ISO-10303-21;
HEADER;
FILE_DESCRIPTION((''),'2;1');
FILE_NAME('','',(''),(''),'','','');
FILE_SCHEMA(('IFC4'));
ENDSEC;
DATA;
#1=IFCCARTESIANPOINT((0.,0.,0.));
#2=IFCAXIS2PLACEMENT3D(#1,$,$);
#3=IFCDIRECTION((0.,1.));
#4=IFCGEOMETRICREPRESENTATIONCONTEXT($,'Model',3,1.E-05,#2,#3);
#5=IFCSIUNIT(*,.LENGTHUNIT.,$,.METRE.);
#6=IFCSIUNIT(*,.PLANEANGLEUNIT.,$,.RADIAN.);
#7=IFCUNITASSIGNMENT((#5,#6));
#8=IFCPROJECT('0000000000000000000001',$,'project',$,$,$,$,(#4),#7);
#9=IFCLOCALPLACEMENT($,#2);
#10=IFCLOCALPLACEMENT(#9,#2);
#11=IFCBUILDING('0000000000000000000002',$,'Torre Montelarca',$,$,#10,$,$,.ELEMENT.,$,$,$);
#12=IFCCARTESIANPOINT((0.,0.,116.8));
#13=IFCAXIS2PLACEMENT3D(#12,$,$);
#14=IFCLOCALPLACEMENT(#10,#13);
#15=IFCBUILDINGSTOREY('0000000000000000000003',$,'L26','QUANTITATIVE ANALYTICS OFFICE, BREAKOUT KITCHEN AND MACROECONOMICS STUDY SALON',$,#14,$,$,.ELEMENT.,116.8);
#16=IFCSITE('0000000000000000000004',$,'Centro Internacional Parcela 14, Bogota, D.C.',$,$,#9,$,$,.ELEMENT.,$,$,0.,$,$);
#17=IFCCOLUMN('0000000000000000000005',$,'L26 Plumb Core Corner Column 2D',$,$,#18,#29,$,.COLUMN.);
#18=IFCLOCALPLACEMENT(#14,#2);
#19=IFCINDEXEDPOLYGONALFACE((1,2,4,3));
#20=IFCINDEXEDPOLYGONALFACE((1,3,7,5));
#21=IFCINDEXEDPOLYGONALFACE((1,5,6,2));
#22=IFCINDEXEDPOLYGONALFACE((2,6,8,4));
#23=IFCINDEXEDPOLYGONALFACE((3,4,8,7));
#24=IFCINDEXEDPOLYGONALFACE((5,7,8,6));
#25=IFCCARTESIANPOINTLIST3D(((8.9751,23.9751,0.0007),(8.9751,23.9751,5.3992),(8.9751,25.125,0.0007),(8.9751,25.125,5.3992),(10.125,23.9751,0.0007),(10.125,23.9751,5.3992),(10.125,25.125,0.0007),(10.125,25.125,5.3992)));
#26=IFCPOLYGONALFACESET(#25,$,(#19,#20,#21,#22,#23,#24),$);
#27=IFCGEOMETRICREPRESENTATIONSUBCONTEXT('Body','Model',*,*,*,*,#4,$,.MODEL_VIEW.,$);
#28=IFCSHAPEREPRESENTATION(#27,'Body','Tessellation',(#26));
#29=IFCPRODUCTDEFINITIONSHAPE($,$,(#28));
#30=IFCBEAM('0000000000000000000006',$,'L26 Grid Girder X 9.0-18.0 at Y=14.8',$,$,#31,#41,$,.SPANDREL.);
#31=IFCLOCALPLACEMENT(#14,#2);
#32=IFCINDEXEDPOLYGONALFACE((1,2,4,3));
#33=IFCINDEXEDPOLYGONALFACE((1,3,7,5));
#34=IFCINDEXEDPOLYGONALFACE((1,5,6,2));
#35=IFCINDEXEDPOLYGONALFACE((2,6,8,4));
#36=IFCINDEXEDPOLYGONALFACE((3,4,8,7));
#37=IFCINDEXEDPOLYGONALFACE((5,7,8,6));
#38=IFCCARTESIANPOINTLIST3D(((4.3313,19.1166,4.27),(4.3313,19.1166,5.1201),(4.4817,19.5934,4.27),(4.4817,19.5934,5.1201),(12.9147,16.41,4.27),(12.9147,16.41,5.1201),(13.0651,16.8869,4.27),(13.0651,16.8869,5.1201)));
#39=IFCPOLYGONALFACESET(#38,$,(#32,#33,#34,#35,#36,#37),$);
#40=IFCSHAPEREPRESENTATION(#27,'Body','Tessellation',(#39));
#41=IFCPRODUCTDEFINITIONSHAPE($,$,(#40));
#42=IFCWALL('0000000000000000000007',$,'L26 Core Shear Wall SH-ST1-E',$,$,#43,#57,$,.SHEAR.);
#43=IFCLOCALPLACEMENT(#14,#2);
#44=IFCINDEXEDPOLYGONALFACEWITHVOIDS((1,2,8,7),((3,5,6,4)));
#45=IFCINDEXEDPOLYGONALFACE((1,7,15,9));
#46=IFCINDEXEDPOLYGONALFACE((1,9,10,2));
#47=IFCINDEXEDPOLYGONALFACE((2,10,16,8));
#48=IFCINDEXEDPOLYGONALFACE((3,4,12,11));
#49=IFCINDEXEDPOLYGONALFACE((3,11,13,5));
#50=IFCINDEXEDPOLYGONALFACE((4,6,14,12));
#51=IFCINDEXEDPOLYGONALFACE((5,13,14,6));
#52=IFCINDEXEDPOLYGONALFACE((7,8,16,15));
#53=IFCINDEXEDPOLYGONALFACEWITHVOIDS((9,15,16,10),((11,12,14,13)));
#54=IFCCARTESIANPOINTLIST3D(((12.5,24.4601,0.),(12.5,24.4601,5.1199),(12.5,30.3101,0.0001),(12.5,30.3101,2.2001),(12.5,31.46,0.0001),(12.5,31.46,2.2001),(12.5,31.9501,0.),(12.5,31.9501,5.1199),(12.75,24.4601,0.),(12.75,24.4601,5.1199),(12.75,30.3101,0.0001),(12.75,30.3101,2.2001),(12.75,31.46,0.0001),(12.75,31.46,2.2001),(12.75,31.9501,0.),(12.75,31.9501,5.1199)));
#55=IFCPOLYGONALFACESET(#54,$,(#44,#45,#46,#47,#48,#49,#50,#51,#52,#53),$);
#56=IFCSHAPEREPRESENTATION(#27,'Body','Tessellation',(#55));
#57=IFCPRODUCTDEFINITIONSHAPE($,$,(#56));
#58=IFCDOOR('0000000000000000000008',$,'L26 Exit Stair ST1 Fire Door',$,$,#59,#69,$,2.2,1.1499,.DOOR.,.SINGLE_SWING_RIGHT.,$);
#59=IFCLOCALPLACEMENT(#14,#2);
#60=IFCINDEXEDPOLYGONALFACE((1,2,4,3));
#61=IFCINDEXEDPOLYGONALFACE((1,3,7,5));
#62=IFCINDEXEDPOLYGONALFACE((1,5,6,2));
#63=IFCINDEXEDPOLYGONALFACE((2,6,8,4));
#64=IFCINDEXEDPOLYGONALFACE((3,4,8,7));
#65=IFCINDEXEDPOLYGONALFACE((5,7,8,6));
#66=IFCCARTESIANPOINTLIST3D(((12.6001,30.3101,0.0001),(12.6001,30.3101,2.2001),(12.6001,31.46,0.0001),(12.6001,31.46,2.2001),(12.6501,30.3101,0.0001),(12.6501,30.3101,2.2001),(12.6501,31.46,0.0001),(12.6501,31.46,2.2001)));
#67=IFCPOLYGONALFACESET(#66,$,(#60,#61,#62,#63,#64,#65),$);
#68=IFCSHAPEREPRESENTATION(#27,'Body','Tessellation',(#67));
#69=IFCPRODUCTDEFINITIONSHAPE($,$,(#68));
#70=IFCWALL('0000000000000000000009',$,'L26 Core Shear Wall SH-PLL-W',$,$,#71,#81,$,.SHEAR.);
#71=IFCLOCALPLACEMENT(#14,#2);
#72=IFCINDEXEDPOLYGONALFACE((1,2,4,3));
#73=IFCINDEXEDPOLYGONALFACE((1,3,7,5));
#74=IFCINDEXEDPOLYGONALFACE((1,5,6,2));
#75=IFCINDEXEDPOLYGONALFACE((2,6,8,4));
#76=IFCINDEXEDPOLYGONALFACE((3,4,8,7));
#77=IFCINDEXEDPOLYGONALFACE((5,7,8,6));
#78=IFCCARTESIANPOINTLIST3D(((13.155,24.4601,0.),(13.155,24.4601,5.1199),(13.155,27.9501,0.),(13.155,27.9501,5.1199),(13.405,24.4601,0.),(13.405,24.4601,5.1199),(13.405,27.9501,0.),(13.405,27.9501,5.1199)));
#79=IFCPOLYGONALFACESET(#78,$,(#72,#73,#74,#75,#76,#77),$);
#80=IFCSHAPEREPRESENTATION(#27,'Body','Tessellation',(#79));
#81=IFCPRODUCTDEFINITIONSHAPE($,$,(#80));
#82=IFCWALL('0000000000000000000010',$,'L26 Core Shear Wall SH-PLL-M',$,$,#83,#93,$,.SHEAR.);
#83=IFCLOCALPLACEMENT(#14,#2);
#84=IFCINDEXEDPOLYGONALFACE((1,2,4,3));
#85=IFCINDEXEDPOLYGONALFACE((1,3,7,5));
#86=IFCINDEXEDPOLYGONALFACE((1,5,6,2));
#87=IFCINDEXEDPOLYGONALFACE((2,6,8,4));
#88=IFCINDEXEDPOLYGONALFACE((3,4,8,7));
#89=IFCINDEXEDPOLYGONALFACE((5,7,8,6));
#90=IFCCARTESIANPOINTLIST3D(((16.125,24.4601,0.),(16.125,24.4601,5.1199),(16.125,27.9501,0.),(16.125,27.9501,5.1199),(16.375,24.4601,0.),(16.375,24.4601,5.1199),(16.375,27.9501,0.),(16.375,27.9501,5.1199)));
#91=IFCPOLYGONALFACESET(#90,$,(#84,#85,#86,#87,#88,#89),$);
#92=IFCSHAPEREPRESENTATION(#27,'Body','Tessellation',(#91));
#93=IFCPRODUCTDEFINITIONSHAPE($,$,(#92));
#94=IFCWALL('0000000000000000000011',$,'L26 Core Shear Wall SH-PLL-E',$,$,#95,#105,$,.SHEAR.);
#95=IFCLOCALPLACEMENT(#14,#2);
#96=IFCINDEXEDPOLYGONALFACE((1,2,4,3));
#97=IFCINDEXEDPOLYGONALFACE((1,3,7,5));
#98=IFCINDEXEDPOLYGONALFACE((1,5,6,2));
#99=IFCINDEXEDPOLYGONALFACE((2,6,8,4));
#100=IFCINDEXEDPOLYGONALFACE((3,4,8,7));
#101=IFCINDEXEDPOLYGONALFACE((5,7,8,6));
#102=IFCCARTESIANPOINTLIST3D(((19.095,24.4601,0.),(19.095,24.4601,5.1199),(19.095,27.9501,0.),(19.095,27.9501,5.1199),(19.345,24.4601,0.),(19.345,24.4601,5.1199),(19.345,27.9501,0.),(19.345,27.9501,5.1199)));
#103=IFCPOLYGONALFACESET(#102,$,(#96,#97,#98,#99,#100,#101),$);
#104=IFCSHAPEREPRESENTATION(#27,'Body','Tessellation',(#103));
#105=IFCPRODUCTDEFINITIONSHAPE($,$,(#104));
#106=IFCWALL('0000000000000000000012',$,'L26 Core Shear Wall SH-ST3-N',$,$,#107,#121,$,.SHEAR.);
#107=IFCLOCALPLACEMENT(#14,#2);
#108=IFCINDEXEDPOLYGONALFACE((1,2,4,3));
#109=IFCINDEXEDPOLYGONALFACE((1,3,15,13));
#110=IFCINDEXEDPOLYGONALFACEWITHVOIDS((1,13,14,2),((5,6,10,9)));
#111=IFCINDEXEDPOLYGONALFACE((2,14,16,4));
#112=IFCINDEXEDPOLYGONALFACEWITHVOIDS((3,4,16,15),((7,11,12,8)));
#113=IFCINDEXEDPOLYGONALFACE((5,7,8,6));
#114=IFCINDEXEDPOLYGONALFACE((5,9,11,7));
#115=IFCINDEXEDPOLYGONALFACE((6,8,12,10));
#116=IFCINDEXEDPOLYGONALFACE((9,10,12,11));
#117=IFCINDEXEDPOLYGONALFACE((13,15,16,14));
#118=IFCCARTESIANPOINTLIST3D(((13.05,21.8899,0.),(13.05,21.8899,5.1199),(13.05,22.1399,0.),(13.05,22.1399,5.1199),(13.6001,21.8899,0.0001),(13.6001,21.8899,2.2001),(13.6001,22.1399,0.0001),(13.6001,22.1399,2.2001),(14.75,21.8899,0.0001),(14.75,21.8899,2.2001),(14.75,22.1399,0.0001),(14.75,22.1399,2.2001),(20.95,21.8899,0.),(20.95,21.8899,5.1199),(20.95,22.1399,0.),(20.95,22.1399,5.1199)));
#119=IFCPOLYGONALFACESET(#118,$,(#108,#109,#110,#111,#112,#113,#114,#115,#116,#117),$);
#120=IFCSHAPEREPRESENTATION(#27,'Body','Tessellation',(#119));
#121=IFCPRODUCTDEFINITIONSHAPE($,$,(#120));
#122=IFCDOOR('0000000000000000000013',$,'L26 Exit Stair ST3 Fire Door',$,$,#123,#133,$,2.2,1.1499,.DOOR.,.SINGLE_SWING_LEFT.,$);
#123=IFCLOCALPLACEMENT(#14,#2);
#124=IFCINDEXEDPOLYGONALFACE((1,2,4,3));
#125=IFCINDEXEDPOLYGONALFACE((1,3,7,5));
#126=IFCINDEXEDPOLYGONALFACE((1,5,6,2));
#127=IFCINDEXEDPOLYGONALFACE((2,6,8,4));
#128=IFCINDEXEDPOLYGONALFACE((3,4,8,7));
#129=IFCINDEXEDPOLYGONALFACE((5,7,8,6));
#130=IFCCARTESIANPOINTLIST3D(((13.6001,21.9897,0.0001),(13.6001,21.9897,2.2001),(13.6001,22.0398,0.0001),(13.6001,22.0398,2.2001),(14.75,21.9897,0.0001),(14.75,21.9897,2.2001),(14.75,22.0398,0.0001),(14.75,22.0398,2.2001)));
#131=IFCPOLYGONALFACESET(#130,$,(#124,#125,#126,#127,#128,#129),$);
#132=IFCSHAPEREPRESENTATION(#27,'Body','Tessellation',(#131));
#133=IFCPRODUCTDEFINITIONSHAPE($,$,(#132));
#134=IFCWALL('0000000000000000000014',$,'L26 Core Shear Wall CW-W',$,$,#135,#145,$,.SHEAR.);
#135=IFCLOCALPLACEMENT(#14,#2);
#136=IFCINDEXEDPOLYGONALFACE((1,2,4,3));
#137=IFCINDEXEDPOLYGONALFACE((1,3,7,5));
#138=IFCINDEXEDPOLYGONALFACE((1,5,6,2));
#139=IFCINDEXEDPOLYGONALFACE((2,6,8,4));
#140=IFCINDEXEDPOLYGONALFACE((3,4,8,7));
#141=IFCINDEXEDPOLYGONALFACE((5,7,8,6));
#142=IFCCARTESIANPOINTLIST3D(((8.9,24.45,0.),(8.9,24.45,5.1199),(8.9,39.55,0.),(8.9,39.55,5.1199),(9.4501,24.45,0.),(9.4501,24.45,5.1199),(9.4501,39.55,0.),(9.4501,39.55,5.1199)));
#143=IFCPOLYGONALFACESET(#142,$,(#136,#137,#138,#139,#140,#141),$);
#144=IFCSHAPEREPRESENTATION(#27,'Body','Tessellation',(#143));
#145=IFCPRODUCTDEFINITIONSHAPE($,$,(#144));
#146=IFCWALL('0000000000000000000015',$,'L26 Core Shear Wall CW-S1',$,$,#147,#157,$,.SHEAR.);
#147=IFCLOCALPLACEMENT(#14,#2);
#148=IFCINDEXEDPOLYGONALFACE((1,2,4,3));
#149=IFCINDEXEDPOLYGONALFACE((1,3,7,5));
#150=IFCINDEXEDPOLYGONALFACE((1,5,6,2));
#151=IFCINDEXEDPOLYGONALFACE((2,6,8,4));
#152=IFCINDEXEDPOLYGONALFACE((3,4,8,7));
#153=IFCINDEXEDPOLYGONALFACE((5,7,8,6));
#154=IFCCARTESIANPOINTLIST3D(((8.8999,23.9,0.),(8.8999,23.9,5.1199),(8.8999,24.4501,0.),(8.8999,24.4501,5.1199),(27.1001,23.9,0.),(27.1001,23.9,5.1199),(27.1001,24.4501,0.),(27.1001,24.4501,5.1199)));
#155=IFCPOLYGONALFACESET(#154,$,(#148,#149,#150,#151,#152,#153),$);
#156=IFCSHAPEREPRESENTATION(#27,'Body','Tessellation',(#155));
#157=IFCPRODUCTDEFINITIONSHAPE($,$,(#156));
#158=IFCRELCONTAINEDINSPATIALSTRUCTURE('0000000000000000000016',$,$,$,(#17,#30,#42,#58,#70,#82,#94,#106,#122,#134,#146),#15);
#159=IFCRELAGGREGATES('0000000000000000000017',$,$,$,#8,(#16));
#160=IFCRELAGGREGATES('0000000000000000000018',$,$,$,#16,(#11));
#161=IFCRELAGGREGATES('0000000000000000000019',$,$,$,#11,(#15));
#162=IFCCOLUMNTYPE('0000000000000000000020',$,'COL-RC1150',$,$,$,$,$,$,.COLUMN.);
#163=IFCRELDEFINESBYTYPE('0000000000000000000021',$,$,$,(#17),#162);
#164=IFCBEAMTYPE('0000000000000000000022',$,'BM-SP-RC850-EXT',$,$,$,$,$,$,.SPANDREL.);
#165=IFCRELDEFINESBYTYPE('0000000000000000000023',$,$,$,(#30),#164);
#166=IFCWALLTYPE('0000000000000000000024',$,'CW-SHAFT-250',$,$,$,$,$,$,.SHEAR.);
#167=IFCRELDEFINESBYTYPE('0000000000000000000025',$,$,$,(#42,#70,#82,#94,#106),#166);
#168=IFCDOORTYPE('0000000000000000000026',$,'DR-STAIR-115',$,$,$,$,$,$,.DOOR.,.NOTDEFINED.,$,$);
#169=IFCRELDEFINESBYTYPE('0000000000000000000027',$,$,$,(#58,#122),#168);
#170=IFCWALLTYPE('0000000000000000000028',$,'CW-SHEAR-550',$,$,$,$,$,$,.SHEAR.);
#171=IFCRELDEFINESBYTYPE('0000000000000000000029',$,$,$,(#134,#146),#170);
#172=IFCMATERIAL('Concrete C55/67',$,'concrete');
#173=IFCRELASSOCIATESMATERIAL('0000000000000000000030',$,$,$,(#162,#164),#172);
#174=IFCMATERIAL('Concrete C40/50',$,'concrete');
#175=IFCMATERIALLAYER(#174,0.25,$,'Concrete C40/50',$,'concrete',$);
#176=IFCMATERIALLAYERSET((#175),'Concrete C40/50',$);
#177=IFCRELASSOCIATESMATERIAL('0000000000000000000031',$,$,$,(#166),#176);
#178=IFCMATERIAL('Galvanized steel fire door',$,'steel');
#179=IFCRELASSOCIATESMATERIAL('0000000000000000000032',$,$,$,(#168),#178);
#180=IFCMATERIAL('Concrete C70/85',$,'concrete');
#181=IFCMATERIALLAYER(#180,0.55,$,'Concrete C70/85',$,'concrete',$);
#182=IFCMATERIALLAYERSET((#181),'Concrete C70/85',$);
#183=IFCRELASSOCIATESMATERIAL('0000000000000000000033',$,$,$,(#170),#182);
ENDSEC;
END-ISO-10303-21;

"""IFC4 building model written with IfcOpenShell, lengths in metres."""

from ifc_helpers import new_model, si_unit, direction, frame, frame_2d, origin, origin_2d, place, context, subcontext, project, spatial, rectangle, extrude, source, transform, mapped, material, layer, layer_set, material_profile, profile_set, type_object, element, fill, save


model = new_model("IFC4")

# Units and contexts
model_context = context("Model", 3, precision=1e-05, world=origin(), true_north=direction((0.0, 1.0)))
body_context = subcontext(model_context, "Body", "Model", "MODEL_VIEW")
ifc_project = project(units=[si_unit("LENGTHUNIT", "METRE"), si_unit("PLANEANGLEUNIT", "RADIAN")], contexts=[model_context])

# Site, building, storey
site_placement = place(None, origin())
site = spatial("IfcSite", under=ifc_project, at=site_placement, Name="Centro Internacional Parcela 14, Bogota, D.C.", CompositionType="ELEMENT", RefElevation=0.0)
building_placement = place(site_placement, origin())
building = spatial("IfcBuilding", under=site, at=building_placement, Name="Torre Montelarca", CompositionType="ELEMENT")
storey_placement = place(building_placement, frame((0.0, 0.0, 116.8)))
storey = spatial("IfcBuildingStorey", under=building, at=storey_placement, Name="L26", Description="QUANTITATIVE ANALYTICS OFFICE, BREAKOUT KITCHEN AND MACROECONOMICS STUDY SALON", CompositionType="ELEMENT", Elevation=116.8)

# Column
ifc_material_1 = material(Name="Concrete C55/67", Category="concrete")
ifc_material_profile_1 = material_profile(ifc_material_1, rectangle(XDim=1.1499, YDim=1.1499, at=origin_2d()), Name="RC1150X1150", Category="concrete")
ifc_profile_set_1 = profile_set([ifc_material_profile_1], Name="Concrete C55/67")
column_type = type_object("IfcColumnType", Name="COL-RC1150", PredefinedType="COLUMN", material=ifc_profile_set_1)
shared_shape_1 = source(origin(), body_context, "Body", "SweptSolid", [
    extrude(rectangle(XDim=1.1499, YDim=1.1499, at=origin_2d()), origin(), (0.0, 0.0, 1.0), 5.3984),
])
column_placement = place(storey_placement, frame((9.55, 24.55, 0.0007), z_axis=(0.0, 0.0, 1.0), x_axis=(1.0, 0.0, 0.0)))
element("IfcColumn", 1, at=column_placement, inside=storey, type_object=column_type, Name="L26 Plumb Core Corner Column 2D", PredefinedType="COLUMN", context=body_context, shape_type="MappedRepresentation", body=[
    mapped(shared_shape_1, transform((0.0, 0.0, 0.0), scale=1.0)),
])

# Beam
ifc_material_profile_2 = material_profile(ifc_material_1, rectangle(XDim=0.5, YDim=0.8501, at=origin_2d()), Name="RCB500X850", Category="concrete")
ifc_profile_set_2 = profile_set([ifc_material_profile_2], Name="Concrete C55/67")
beam_type = type_object("IfcBeamType", Name="BM-SP-RC850-EXT", PredefinedType="SPANDREL", material=ifc_profile_set_2)
shared_shape_2 = source(origin(), body_context, "Body", "SweptSolid", [
    extrude(rectangle(XDim=0.5, YDim=0.8501, at=origin_2d()), origin(), (0.0, 0.0, 1.0), 9.0),
])
beam_placement = place(storey_placement, frame((4.4065, 19.355, 4.6951), z_axis=(0.953711, -0.300724, 0.0), x_axis=(0.300724, 0.953711, 0.0)))
element("IfcBeam", 2, at=beam_placement, inside=storey, type_object=beam_type, Name="L26 Grid Girder X 9.0-18.0 at Y=14.8", PredefinedType="SPANDREL", context=body_context, shape_type="MappedRepresentation", body=[
    mapped(shared_shape_2, transform((0.0, 0.0, 0.0), scale=1.0)),
])

# Wall, opening, door
ifc_material_2 = material(Name="Concrete C40/50", Category="concrete")
ifc_layer_1 = layer(ifc_material_2, 0.25, Name="Concrete C40/50", Category="concrete")
ifc_layer_set_1 = layer_set([ifc_layer_1], Name="Concrete C40/50")
wall_type_1 = type_object("IfcWallType", Name="CW-SHAFT-250", PredefinedType="SHEAR", material=ifc_layer_set_1)
wall_1_placement = place(storey_placement, frame((12.625, 24.46, 0.0), z_axis=(0.0, 0.0, 1.0), x_axis=(0.0, 1.0, 0.0)))
wall_1 = element("IfcWall", 3, at=wall_1_placement, inside=storey, type_object=wall_type_1, Name="L26 Core Shear Wall SH-ST1-E", PredefinedType="SHEAR", context=body_context, shape_type="SweptSolid", body=[
    extrude(rectangle(XDim=7.49, YDim=0.25, at=frame_2d((3.7451, 0.0))), origin(), (0.0, 0.0, 1.0), 5.1199),
])
opening_1_placement = place(wall_1_placement, frame((5.8501, 0.0, 0.0)))
opening_1 = element("IfcOpeningElement", 4, at=opening_1_placement, cuts=wall_1, PredefinedType="OPENING", context=body_context, shape_type="SweptSolid", body=[
    extrude(rectangle(XDim=1.1499, YDim=2.2, at=frame_2d((0.575, 1.1001))), frame((0.0, 0.135, 0.0), z_axis=(0.0, -1.0, 0.0), x_axis=(1.0, 0.0, 0.0)), (0.0, 0.0, 1.0), 0.27),
])
ifc_material_3 = material(Name="Galvanized steel fire door", Category="steel")
door_type_1 = type_object("IfcDoorType", Name="DR-STAIR-115", OperationType="NOTDEFINED", PredefinedType="DOOR", material=ifc_material_3)
shared_shape_3 = source(origin(), body_context, "Body", "SweptSolid", [
    extrude(rectangle(XDim=1.1499, YDim=2.2, at=frame_2d((0.575, 1.1001))), frame((0.0, 0.0249, 0.0), z_axis=(0.0, -1.0, 0.0), x_axis=(1.0, 0.0, 0.0)), (0.0, 0.0, 1.0), 0.05),
])
door_1_placement = place(opening_1_placement, origin())
door_1 = element("IfcDoor", 5, at=door_1_placement, inside=storey, type_object=door_type_1, Name="L26 Exit Stair ST1 Fire Door", OperationType="SINGLE_SWING_RIGHT", OverallHeight=2.2, OverallWidth=1.1499, PredefinedType="DOOR", context=body_context, shape_type="MappedRepresentation", body=[
    mapped(shared_shape_3, transform((0.0, 0.0, 0.0), scale=1.0)),
])
fill(opening_1, door_1)

# Walls
for number, where, z_axis, x_axis, name in (
    (6, (13.28, 24.46, 0.0), (0.0, 0.0, 1.0), (0.0, 1.0, 0.0), "L26 Core Shear Wall SH-PLL-W"),
    (7, (16.25, 24.46, 0.0), (0.0, 0.0, 1.0), (0.0, 1.0, 0.0), "L26 Core Shear Wall SH-PLL-M"),
    (8, (19.22, 24.46, 0.0), (0.0, 0.0, 1.0), (0.0, 1.0, 0.0), "L26 Core Shear Wall SH-PLL-E"),
):
    element("IfcWall", number, at=place(storey_placement, frame(where, z_axis=z_axis, x_axis=x_axis)), inside=storey, type_object=wall_type_1, Name=name, PredefinedType="SHEAR", context=body_context, shape_type="SweptSolid", body=[
        extrude(rectangle(XDim=3.49, YDim=0.25, at=frame_2d((1.7451, 0.0))), origin(), (0.0, 0.0, 1.0), 5.1199),
    ])

# Wall, opening, door
wall_2_placement = place(storey_placement, frame((13.05, 22.0149, 0.0), z_axis=(0.0, 0.0, 1.0), x_axis=(1.0, 0.0, 0.0)))
wall_2 = element("IfcWall", 9, at=wall_2_placement, inside=storey, type_object=wall_type_1, Name="L26 Core Shear Wall SH-ST3-N", PredefinedType="SHEAR", context=body_context, shape_type="SweptSolid", body=[
    extrude(rectangle(XDim=7.8999, YDim=0.25, at=frame_2d((3.95, 0.0))), origin(), (0.0, 0.0, 1.0), 5.1199),
])
opening_2_placement = place(wall_2_placement, frame((0.55, 0.0, 0.0)))
opening_2 = element("IfcOpeningElement", 10, at=opening_2_placement, cuts=wall_2, PredefinedType="OPENING", context=body_context, shape_type="SweptSolid", body=[
    extrude(rectangle(XDim=1.1499, YDim=2.2, at=frame_2d((0.575, 1.1001))), frame((0.0, 0.135, 0.0), z_axis=(0.0, -1.0, 0.0), x_axis=(1.0, 0.0, 0.0)), (0.0, 0.0, 1.0), 0.27),
])
door_2_placement = place(opening_2_placement, origin())
door_2 = element("IfcDoor", 11, at=door_2_placement, inside=storey, type_object=door_type_1, Name="L26 Exit Stair ST3 Fire Door", OperationType="SINGLE_SWING_LEFT", OverallHeight=2.2, OverallWidth=1.1499, PredefinedType="DOOR", context=body_context, shape_type="MappedRepresentation", body=[
    mapped(shared_shape_3, transform((0.0, 0.0, 0.0), scale=1.0)),
])
fill(opening_2, door_2)

# Walls
ifc_material_4 = material(Name="Concrete C70/85", Category="concrete")
ifc_layer_2 = layer(ifc_material_4, 0.55, Name="Concrete C70/85", Category="concrete")
ifc_layer_set_2 = layer_set([ifc_layer_2], Name="Concrete C70/85")
wall_type_2 = type_object("IfcWallType", Name="CW-SHEAR-550", PredefinedType="SHEAR", material=ifc_layer_set_2)
wall_3_placement = place(storey_placement, frame((9.175, 24.45, 0.0), z_axis=(0.0, 0.0, 1.0), x_axis=(0.0, 1.0, 0.0)))
element("IfcWall", 12, at=wall_3_placement, inside=storey, type_object=wall_type_2, Name="L26 Core Shear Wall CW-W", PredefinedType="SHEAR", context=body_context, shape_type="SweptSolid", body=[
    extrude(rectangle(XDim=15.1001, YDim=0.55, at=frame_2d((7.55, 0.0))), origin(), (0.0, 0.0, 1.0), 5.1199),
])
wall_4_placement = place(storey_placement, frame((8.8999, 24.175, 0.0), z_axis=(0.0, 0.0, 1.0), x_axis=(1.0, 0.0, 0.0)))
element("IfcWall", 13, at=wall_4_placement, inside=storey, type_object=wall_type_2, Name="L26 Core Shear Wall CW-S1", PredefinedType="SHEAR", context=body_context, shape_type="SweptSolid", body=[
    extrude(rectangle(XDim=18.2002, YDim=0.55, at=frame_2d((9.1001, 0.0))), origin(), (0.0, 0.0, 1.0), 5.1199),
])

save(model, "model.ifc")
